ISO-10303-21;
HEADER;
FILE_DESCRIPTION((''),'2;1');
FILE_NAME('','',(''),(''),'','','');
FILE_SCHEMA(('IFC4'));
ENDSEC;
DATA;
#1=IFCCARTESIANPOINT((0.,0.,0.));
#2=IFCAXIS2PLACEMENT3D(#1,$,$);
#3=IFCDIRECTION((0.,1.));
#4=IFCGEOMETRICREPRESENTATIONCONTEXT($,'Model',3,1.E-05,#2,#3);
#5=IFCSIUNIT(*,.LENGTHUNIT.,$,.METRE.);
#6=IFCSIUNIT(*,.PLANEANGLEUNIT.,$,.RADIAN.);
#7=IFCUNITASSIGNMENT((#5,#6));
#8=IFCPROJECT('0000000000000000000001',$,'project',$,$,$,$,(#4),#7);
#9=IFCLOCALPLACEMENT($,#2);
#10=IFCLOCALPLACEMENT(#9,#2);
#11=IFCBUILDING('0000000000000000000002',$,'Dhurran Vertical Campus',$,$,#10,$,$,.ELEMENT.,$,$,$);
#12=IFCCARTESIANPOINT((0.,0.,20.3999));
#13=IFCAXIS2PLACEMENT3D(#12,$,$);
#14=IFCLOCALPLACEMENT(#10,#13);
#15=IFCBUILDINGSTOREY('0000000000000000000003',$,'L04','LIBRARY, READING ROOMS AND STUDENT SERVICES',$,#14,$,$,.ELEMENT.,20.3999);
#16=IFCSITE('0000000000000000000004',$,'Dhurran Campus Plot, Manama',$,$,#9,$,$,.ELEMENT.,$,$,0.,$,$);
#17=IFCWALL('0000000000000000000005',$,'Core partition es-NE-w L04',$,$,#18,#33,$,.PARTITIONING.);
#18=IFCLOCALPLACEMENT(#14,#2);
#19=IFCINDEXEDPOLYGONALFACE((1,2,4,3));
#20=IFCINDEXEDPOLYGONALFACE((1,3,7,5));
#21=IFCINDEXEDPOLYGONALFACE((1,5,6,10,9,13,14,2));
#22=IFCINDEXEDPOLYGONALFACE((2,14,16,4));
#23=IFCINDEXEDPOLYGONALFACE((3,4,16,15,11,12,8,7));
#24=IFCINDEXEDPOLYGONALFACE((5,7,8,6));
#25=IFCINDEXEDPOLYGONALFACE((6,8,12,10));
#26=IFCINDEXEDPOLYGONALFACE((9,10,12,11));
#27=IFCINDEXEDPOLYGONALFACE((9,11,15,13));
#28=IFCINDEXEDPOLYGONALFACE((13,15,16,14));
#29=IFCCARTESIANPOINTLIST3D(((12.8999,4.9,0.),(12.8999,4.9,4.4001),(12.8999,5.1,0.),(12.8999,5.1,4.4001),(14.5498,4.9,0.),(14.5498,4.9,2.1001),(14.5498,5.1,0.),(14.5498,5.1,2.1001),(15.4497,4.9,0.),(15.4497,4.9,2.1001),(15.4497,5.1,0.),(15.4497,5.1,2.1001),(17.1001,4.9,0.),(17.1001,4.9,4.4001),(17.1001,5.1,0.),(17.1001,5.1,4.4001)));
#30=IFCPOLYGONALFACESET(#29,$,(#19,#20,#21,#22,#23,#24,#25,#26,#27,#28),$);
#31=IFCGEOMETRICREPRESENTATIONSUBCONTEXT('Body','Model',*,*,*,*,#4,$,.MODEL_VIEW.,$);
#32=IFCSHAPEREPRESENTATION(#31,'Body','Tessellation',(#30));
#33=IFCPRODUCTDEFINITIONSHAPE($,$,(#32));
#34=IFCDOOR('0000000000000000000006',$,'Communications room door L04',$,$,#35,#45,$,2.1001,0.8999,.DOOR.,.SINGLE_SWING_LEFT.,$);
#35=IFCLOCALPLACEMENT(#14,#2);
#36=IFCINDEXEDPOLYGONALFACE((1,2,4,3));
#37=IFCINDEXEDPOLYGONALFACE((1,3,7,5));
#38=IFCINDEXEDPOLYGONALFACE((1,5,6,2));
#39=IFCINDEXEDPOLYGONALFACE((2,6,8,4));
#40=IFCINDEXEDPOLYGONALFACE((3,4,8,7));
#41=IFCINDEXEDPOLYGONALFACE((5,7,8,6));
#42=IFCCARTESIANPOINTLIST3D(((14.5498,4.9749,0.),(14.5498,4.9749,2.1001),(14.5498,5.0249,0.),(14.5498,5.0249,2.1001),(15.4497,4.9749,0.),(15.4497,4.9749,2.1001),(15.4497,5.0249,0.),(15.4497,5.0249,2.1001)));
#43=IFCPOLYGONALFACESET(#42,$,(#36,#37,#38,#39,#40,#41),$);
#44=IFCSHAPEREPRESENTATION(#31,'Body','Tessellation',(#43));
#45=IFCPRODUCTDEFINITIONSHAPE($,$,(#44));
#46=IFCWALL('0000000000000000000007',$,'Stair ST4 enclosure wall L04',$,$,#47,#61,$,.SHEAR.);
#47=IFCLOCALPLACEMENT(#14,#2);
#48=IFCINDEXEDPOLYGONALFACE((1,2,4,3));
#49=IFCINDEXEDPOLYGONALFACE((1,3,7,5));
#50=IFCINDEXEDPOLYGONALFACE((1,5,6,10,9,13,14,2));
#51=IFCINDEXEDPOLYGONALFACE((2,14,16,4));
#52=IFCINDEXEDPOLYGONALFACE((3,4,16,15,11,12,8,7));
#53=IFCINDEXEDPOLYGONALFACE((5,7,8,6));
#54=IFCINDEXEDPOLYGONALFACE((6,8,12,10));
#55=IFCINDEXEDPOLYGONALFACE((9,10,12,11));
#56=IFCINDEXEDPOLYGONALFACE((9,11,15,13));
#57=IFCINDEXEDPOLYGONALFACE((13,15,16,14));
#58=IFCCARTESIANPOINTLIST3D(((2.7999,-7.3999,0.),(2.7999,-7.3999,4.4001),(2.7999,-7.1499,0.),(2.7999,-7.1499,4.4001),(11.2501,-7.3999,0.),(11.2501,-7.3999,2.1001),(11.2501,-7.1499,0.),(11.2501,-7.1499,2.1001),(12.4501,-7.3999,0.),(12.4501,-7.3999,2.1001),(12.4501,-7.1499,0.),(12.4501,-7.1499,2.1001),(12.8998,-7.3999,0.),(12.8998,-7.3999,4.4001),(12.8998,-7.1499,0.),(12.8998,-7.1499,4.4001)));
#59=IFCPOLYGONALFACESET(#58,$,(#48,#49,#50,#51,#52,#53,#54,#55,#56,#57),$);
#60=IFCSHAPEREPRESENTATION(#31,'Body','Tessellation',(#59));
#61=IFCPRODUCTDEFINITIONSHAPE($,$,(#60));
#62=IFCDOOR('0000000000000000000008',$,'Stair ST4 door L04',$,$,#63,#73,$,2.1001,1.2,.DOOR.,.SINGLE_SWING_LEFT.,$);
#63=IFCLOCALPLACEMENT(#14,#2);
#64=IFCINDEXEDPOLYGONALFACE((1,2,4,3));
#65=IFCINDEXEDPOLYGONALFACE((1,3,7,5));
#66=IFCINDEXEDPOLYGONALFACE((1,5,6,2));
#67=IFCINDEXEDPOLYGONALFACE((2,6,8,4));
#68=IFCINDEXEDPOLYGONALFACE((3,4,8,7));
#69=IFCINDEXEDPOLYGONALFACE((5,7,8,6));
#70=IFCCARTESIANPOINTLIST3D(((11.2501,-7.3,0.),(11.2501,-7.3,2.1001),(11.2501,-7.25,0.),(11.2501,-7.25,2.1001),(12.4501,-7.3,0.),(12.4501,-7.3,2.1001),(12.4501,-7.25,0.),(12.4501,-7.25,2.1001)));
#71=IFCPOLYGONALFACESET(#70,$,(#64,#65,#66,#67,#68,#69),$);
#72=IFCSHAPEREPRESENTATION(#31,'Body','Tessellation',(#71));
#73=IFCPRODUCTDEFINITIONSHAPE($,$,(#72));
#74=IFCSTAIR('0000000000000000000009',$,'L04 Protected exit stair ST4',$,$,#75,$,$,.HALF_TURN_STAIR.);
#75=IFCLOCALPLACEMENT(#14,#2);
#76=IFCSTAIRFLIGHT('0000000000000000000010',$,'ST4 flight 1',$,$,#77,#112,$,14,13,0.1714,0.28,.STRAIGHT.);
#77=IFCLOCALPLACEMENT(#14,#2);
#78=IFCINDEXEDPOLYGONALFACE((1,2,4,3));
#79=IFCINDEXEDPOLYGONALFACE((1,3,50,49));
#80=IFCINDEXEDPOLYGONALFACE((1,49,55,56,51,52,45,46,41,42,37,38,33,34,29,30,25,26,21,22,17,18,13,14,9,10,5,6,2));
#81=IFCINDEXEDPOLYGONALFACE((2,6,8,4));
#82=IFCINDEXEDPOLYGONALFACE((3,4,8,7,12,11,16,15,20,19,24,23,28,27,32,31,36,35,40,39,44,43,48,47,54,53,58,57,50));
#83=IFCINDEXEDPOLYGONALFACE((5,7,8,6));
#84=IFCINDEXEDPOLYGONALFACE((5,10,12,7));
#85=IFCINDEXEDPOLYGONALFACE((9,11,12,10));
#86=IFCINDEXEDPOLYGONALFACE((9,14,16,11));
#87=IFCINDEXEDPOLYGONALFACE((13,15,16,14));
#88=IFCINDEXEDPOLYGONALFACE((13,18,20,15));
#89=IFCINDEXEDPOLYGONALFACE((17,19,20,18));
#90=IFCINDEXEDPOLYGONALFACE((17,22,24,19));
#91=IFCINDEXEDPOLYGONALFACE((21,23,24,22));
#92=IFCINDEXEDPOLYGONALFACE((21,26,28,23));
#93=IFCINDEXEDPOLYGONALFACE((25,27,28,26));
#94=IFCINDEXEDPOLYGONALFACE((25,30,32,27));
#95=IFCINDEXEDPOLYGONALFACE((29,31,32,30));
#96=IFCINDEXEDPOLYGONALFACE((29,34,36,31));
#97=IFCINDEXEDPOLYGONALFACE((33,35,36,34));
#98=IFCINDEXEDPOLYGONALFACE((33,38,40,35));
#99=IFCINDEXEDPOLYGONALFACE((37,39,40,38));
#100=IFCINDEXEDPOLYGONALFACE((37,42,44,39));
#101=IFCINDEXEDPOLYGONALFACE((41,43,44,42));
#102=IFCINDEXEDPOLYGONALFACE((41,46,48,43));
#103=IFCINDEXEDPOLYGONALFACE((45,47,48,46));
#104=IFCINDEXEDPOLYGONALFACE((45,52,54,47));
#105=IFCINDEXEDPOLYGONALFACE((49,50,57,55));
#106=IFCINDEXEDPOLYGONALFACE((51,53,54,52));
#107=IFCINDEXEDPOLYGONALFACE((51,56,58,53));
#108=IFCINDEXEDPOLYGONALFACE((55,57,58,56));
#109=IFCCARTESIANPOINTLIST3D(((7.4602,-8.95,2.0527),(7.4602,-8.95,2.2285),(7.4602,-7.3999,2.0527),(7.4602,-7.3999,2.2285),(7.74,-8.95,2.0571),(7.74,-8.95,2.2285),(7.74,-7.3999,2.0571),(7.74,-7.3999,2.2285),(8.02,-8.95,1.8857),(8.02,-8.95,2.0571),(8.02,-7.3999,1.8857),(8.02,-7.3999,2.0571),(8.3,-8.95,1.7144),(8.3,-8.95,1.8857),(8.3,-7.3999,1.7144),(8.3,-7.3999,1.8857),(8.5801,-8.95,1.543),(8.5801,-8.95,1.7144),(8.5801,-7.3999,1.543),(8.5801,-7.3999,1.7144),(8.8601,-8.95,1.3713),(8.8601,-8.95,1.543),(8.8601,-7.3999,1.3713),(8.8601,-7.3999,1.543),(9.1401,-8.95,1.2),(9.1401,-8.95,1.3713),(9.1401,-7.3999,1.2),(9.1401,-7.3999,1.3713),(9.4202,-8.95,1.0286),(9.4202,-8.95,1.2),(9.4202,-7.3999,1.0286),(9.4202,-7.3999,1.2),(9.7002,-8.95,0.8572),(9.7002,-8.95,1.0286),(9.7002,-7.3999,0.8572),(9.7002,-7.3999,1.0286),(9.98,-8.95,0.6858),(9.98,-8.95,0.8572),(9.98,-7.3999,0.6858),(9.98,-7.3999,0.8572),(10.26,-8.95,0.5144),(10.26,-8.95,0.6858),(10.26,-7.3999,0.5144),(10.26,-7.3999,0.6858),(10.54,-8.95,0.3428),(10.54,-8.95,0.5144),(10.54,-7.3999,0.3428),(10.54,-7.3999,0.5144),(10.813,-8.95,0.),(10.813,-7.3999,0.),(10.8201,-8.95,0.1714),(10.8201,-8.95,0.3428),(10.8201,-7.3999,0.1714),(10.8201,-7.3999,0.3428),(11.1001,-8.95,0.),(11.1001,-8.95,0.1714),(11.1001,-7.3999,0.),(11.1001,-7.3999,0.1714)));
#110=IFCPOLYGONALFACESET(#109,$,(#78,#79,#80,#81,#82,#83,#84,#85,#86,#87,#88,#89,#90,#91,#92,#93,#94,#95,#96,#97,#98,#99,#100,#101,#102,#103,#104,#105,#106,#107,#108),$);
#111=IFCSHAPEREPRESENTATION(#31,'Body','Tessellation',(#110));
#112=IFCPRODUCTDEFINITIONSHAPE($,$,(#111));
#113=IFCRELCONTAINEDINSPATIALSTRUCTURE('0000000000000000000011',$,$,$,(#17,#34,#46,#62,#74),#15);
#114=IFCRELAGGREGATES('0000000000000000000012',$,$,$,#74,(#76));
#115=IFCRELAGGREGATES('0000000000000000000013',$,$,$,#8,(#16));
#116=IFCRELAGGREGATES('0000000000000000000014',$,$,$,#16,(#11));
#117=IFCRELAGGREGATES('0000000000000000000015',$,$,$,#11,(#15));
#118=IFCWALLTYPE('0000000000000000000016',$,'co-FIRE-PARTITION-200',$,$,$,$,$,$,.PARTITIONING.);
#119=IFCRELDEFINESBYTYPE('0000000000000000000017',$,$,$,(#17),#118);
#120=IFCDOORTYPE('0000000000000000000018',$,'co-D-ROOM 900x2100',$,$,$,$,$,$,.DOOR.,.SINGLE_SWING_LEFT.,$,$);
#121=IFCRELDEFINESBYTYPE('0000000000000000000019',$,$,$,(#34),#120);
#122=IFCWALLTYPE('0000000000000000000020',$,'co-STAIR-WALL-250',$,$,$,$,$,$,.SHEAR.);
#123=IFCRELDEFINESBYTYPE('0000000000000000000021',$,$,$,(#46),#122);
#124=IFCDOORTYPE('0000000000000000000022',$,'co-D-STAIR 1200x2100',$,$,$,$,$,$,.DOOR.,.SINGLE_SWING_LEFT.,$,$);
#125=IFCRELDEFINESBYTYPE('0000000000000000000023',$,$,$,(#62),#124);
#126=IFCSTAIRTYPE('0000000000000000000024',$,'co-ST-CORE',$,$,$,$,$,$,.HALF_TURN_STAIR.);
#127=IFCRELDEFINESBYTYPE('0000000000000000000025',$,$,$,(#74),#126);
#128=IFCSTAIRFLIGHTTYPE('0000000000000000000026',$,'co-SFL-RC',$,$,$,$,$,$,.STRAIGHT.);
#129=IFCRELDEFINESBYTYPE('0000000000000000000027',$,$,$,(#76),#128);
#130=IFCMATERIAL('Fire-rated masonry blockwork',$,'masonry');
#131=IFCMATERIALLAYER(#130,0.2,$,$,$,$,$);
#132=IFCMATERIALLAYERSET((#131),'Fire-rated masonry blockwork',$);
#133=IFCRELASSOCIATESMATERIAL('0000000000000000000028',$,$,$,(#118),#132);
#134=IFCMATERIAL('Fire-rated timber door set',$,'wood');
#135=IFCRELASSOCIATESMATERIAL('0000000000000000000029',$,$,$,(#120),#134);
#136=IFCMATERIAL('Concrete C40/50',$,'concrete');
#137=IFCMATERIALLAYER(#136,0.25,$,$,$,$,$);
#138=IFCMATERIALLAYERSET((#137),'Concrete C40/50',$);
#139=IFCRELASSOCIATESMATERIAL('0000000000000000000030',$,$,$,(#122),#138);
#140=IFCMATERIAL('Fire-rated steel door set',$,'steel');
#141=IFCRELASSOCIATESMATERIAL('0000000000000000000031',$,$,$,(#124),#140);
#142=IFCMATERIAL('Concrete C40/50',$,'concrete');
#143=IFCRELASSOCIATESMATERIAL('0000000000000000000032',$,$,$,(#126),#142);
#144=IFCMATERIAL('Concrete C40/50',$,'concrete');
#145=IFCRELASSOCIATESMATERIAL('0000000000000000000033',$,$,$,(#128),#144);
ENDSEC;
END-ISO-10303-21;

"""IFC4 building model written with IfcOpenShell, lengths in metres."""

from ifc_helpers import new_model, si_unit, direction, frame, frame_2d, origin, place, context, subcontext, project, spatial, polyline, rectangle, outline, extrude, material, layer, layer_set, type_object, element, fill, aggregate, save


model = new_model("IFC4")

# Units and contexts
model_context = context("Model", 3, precision=1e-05, world=origin(), true_north=direction((0.0, 1.0)))
body_context = subcontext(model_context, "Body", "Model", "MODEL_VIEW")
ifc_project = project(units=[si_unit("LENGTHUNIT", "METRE"), si_unit("PLANEANGLEUNIT", "RADIAN")], contexts=[model_context])

# Site, building, storey
site_placement = place(None, origin())
site = spatial("IfcSite", under=ifc_project, at=site_placement, Name="Dhurran Campus Plot, Manama", CompositionType="ELEMENT", RefElevation=0.0)
building_placement = place(site_placement, origin())
building = spatial("IfcBuilding", under=site, at=building_placement, Name="Dhurran Vertical Campus", CompositionType="ELEMENT")
storey_placement = place(building_placement, frame((0.0, 0.0, 20.3999)))
storey = spatial("IfcBuildingStorey", under=building, at=storey_placement, Name="L04", Description="LIBRARY, READING ROOMS AND STUDENT SERVICES", CompositionType="ELEMENT", Elevation=20.3999)

# Shared definitions
ifc_material_1 = material(Name="Fire-rated masonry blockwork", Category="masonry")
ifc_layer_1 = layer(ifc_material_1, 0.2)
ifc_layer_set_1 = layer_set([ifc_layer_1], Name="Fire-rated masonry blockwork")
wall_type_1 = type_object("IfcWallType", Name="co-FIRE-PARTITION-200", PredefinedType="PARTITIONING", material=ifc_layer_set_1)

# Shared definitions
ifc_material_2 = material(Name="Fire-rated timber door set", Category="wood")
door_type_1 = type_object("IfcDoorType", Name="co-D-ROOM 900x2100", OperationType="SINGLE_SWING_LEFT", PredefinedType="DOOR", material=ifc_material_2)

# Walls, openings, doors
wall_1_placement = place(storey_placement, frame((12.8999, 5.0, 0.0), z_axis=(0.0, 0.0, 1.0), x_axis=(1.0, 0.0, 0.0)))
wall_1 = element("IfcWall", 1, at=wall_1_placement, inside=storey, type_object=wall_type_1, Name="Core partition es-NE-w L04", PredefinedType="PARTITIONING", context=body_context, shape_type="SweptSolid", body=[
    extrude(rectangle(XDim=4.2002, YDim=0.2, at=frame_2d((2.1001, 0.0))), origin(), (0.0, 0.0, 1.0), 4.4001),
])
opening_1_placement = place(wall_1_placement, frame((1.6499, 0.0, 0.0)))
opening_1 = element("IfcOpeningElement", 2, at=opening_1_placement, cuts=wall_1, PredefinedType="OPENING", context=body_context, shape_type="SweptSolid", body=[
    extrude(rectangle(XDim=0.8999, YDim=2.1001, at=frame_2d((0.45, 1.05))), frame((0.0, 0.1099, 0.0), z_axis=(0.0, -1.0, 0.0), x_axis=(1.0, 0.0, 0.0)), (0.0, 0.0, 1.0), 0.22),
])
door_1_placement = place(opening_1_placement, origin())
door_1 = element("IfcDoor", 3, at=door_1_placement, inside=storey, type_object=door_type_1, Name="Communications room door L04", OperationType="SINGLE_SWING_LEFT", OverallHeight=2.1001, OverallWidth=0.8999, PredefinedType="DOOR", context=body_context, shape_type="SweptSolid", body=[
    extrude(rectangle(XDim=0.8999, YDim=2.1001, at=frame_2d((0.45, 1.05))), frame((0.0, 0.0249, 0.0), z_axis=(0.0, -1.0, 0.0), x_axis=(1.0, 0.0, 0.0)), (0.0, 0.0, 1.0), 0.05),
])
fill(opening_1, door_1)
ifc_material_3 = material(Name="Concrete C40/50", Category="concrete")
ifc_layer_2 = layer(ifc_material_3, 0.25)
ifc_layer_set_2 = layer_set([ifc_layer_2], Name="Concrete C40/50")
wall_type_2 = type_object("IfcWallType", Name="co-STAIR-WALL-250", PredefinedType="SHEAR", material=ifc_layer_set_2)
wall_2_placement = place(storey_placement, frame((2.8, -7.2749, 0.0), z_axis=(0.0, 0.0, 1.0), x_axis=(1.0, 0.0, 0.0)))
wall_2 = element("IfcWall", 4, at=wall_2_placement, inside=storey, type_object=wall_type_2, Name="Stair ST4 enclosure wall L04", PredefinedType="SHEAR", context=body_context, shape_type="SweptSolid", body=[
    extrude(rectangle(XDim=10.0999, YDim=0.25, at=frame_2d((5.0498, 0.0))), origin(), (0.0, 0.0, 1.0), 4.4001),
])
opening_2_placement = place(wall_2_placement, frame((8.45, 0.0, 0.0)))
opening_2 = element("IfcOpeningElement", 5, at=opening_2_placement, cuts=wall_2, PredefinedType="OPENING", context=body_context, shape_type="SweptSolid", body=[
    extrude(rectangle(XDim=1.2, YDim=2.1001, at=frame_2d((0.6001, 1.05))), frame((0.0, 0.135, 0.0), z_axis=(0.0, -1.0, 0.0), x_axis=(1.0, 0.0, 0.0)), (0.0, 0.0, 1.0), 0.27),
])
ifc_material_4 = material(Name="Fire-rated steel door set", Category="steel")
door_type_2 = type_object("IfcDoorType", Name="co-D-STAIR 1200x2100", OperationType="SINGLE_SWING_LEFT", PredefinedType="DOOR", material=ifc_material_4)
door_2_placement = place(opening_2_placement, origin())
door_2 = element("IfcDoor", 6, at=door_2_placement, inside=storey, type_object=door_type_2, Name="Stair ST4 door L04", OperationType="SINGLE_SWING_LEFT", OverallHeight=2.1001, OverallWidth=1.2, PredefinedType="DOOR", context=body_context, shape_type="SweptSolid", body=[
    extrude(rectangle(XDim=1.2, YDim=2.1001, at=frame_2d((0.6001, 1.05))), frame((0.0, 0.0249, 0.0), z_axis=(0.0, -1.0, 0.0), x_axis=(1.0, 0.0, 0.0)), (0.0, 0.0, 1.0), 0.05),
])
fill(opening_2, door_2)

# Stair, stair flight
ifc_material_5 = material(Name="Concrete C40/50", Category="concrete")
stair_type = type_object("IfcStairType", Name="co-ST-CORE", PredefinedType="HALF_TURN_STAIR", material=ifc_material_5)
stair_placement = place(storey_placement, origin())
stair = element("IfcStair", 7, at=stair_placement, inside=storey, type_object=stair_type, Name="L04 Protected exit stair ST4", PredefinedType="HALF_TURN_STAIR")
ifc_material_6 = material(Name="Concrete C40/50", Category="concrete")
stair_flight_type = type_object("IfcStairFlightType", Name="co-SFL-RC", PredefinedType="STRAIGHT", material=ifc_material_6)
stair_flight_placement = place(storey_placement, frame((11.1001, -8.175, 0.0), z_axis=(0.0, 0.0, 1.0), x_axis=(-1.0, 0.0, 0.0)))
stair_flight = element("IfcStairFlight", 8, at=stair_flight_placement, type_object=stair_flight_type, Name="ST4 flight 1", NumberOfRisers=14, NumberOfTreads=13, PredefinedType="STRAIGHT", RiserHeight=0.1714, TreadLength=0.28, context=body_context, shape_type="SweptSolid", body=[
    extrude(outline(polyline([(0.0, 0.0), (0.0, 0.1714), (0.28, 0.1714), (0.28, 0.3428), (0.5601, 0.3428), (0.5601, 0.5144), (0.8401, 0.5144), (0.8401, 0.6858), (1.1201, 0.6858), (1.1201, 0.8572), (1.3999, 0.8572), (1.3999, 1.0286), (1.6799, 1.0286), (1.6799, 1.2), (1.96, 1.2), (1.96, 1.3713), (2.24, 1.3713), (2.24, 1.543), (2.52, 1.543), (2.52, 1.7144), (2.8, 1.7144), (2.8, 1.8857), (3.0801, 1.8857), (3.0801, 2.0571), (3.3601, 2.0571), (3.3601, 2.2285), (3.6399, 2.2285), (3.6399, 2.3999), (3.6399, 2.0527), (0.2871, 0.0), (0.0, 0.0)])), frame((0.0, 0.7749, 0.0), z_axis=(0.0, -1.0, 0.0), x_axis=(1.0, 0.0, 0.0)), (0.0, 0.0, 1.0), 1.55),
])
aggregate(stair, [stair_flight])

save(model, "model.ifc")
